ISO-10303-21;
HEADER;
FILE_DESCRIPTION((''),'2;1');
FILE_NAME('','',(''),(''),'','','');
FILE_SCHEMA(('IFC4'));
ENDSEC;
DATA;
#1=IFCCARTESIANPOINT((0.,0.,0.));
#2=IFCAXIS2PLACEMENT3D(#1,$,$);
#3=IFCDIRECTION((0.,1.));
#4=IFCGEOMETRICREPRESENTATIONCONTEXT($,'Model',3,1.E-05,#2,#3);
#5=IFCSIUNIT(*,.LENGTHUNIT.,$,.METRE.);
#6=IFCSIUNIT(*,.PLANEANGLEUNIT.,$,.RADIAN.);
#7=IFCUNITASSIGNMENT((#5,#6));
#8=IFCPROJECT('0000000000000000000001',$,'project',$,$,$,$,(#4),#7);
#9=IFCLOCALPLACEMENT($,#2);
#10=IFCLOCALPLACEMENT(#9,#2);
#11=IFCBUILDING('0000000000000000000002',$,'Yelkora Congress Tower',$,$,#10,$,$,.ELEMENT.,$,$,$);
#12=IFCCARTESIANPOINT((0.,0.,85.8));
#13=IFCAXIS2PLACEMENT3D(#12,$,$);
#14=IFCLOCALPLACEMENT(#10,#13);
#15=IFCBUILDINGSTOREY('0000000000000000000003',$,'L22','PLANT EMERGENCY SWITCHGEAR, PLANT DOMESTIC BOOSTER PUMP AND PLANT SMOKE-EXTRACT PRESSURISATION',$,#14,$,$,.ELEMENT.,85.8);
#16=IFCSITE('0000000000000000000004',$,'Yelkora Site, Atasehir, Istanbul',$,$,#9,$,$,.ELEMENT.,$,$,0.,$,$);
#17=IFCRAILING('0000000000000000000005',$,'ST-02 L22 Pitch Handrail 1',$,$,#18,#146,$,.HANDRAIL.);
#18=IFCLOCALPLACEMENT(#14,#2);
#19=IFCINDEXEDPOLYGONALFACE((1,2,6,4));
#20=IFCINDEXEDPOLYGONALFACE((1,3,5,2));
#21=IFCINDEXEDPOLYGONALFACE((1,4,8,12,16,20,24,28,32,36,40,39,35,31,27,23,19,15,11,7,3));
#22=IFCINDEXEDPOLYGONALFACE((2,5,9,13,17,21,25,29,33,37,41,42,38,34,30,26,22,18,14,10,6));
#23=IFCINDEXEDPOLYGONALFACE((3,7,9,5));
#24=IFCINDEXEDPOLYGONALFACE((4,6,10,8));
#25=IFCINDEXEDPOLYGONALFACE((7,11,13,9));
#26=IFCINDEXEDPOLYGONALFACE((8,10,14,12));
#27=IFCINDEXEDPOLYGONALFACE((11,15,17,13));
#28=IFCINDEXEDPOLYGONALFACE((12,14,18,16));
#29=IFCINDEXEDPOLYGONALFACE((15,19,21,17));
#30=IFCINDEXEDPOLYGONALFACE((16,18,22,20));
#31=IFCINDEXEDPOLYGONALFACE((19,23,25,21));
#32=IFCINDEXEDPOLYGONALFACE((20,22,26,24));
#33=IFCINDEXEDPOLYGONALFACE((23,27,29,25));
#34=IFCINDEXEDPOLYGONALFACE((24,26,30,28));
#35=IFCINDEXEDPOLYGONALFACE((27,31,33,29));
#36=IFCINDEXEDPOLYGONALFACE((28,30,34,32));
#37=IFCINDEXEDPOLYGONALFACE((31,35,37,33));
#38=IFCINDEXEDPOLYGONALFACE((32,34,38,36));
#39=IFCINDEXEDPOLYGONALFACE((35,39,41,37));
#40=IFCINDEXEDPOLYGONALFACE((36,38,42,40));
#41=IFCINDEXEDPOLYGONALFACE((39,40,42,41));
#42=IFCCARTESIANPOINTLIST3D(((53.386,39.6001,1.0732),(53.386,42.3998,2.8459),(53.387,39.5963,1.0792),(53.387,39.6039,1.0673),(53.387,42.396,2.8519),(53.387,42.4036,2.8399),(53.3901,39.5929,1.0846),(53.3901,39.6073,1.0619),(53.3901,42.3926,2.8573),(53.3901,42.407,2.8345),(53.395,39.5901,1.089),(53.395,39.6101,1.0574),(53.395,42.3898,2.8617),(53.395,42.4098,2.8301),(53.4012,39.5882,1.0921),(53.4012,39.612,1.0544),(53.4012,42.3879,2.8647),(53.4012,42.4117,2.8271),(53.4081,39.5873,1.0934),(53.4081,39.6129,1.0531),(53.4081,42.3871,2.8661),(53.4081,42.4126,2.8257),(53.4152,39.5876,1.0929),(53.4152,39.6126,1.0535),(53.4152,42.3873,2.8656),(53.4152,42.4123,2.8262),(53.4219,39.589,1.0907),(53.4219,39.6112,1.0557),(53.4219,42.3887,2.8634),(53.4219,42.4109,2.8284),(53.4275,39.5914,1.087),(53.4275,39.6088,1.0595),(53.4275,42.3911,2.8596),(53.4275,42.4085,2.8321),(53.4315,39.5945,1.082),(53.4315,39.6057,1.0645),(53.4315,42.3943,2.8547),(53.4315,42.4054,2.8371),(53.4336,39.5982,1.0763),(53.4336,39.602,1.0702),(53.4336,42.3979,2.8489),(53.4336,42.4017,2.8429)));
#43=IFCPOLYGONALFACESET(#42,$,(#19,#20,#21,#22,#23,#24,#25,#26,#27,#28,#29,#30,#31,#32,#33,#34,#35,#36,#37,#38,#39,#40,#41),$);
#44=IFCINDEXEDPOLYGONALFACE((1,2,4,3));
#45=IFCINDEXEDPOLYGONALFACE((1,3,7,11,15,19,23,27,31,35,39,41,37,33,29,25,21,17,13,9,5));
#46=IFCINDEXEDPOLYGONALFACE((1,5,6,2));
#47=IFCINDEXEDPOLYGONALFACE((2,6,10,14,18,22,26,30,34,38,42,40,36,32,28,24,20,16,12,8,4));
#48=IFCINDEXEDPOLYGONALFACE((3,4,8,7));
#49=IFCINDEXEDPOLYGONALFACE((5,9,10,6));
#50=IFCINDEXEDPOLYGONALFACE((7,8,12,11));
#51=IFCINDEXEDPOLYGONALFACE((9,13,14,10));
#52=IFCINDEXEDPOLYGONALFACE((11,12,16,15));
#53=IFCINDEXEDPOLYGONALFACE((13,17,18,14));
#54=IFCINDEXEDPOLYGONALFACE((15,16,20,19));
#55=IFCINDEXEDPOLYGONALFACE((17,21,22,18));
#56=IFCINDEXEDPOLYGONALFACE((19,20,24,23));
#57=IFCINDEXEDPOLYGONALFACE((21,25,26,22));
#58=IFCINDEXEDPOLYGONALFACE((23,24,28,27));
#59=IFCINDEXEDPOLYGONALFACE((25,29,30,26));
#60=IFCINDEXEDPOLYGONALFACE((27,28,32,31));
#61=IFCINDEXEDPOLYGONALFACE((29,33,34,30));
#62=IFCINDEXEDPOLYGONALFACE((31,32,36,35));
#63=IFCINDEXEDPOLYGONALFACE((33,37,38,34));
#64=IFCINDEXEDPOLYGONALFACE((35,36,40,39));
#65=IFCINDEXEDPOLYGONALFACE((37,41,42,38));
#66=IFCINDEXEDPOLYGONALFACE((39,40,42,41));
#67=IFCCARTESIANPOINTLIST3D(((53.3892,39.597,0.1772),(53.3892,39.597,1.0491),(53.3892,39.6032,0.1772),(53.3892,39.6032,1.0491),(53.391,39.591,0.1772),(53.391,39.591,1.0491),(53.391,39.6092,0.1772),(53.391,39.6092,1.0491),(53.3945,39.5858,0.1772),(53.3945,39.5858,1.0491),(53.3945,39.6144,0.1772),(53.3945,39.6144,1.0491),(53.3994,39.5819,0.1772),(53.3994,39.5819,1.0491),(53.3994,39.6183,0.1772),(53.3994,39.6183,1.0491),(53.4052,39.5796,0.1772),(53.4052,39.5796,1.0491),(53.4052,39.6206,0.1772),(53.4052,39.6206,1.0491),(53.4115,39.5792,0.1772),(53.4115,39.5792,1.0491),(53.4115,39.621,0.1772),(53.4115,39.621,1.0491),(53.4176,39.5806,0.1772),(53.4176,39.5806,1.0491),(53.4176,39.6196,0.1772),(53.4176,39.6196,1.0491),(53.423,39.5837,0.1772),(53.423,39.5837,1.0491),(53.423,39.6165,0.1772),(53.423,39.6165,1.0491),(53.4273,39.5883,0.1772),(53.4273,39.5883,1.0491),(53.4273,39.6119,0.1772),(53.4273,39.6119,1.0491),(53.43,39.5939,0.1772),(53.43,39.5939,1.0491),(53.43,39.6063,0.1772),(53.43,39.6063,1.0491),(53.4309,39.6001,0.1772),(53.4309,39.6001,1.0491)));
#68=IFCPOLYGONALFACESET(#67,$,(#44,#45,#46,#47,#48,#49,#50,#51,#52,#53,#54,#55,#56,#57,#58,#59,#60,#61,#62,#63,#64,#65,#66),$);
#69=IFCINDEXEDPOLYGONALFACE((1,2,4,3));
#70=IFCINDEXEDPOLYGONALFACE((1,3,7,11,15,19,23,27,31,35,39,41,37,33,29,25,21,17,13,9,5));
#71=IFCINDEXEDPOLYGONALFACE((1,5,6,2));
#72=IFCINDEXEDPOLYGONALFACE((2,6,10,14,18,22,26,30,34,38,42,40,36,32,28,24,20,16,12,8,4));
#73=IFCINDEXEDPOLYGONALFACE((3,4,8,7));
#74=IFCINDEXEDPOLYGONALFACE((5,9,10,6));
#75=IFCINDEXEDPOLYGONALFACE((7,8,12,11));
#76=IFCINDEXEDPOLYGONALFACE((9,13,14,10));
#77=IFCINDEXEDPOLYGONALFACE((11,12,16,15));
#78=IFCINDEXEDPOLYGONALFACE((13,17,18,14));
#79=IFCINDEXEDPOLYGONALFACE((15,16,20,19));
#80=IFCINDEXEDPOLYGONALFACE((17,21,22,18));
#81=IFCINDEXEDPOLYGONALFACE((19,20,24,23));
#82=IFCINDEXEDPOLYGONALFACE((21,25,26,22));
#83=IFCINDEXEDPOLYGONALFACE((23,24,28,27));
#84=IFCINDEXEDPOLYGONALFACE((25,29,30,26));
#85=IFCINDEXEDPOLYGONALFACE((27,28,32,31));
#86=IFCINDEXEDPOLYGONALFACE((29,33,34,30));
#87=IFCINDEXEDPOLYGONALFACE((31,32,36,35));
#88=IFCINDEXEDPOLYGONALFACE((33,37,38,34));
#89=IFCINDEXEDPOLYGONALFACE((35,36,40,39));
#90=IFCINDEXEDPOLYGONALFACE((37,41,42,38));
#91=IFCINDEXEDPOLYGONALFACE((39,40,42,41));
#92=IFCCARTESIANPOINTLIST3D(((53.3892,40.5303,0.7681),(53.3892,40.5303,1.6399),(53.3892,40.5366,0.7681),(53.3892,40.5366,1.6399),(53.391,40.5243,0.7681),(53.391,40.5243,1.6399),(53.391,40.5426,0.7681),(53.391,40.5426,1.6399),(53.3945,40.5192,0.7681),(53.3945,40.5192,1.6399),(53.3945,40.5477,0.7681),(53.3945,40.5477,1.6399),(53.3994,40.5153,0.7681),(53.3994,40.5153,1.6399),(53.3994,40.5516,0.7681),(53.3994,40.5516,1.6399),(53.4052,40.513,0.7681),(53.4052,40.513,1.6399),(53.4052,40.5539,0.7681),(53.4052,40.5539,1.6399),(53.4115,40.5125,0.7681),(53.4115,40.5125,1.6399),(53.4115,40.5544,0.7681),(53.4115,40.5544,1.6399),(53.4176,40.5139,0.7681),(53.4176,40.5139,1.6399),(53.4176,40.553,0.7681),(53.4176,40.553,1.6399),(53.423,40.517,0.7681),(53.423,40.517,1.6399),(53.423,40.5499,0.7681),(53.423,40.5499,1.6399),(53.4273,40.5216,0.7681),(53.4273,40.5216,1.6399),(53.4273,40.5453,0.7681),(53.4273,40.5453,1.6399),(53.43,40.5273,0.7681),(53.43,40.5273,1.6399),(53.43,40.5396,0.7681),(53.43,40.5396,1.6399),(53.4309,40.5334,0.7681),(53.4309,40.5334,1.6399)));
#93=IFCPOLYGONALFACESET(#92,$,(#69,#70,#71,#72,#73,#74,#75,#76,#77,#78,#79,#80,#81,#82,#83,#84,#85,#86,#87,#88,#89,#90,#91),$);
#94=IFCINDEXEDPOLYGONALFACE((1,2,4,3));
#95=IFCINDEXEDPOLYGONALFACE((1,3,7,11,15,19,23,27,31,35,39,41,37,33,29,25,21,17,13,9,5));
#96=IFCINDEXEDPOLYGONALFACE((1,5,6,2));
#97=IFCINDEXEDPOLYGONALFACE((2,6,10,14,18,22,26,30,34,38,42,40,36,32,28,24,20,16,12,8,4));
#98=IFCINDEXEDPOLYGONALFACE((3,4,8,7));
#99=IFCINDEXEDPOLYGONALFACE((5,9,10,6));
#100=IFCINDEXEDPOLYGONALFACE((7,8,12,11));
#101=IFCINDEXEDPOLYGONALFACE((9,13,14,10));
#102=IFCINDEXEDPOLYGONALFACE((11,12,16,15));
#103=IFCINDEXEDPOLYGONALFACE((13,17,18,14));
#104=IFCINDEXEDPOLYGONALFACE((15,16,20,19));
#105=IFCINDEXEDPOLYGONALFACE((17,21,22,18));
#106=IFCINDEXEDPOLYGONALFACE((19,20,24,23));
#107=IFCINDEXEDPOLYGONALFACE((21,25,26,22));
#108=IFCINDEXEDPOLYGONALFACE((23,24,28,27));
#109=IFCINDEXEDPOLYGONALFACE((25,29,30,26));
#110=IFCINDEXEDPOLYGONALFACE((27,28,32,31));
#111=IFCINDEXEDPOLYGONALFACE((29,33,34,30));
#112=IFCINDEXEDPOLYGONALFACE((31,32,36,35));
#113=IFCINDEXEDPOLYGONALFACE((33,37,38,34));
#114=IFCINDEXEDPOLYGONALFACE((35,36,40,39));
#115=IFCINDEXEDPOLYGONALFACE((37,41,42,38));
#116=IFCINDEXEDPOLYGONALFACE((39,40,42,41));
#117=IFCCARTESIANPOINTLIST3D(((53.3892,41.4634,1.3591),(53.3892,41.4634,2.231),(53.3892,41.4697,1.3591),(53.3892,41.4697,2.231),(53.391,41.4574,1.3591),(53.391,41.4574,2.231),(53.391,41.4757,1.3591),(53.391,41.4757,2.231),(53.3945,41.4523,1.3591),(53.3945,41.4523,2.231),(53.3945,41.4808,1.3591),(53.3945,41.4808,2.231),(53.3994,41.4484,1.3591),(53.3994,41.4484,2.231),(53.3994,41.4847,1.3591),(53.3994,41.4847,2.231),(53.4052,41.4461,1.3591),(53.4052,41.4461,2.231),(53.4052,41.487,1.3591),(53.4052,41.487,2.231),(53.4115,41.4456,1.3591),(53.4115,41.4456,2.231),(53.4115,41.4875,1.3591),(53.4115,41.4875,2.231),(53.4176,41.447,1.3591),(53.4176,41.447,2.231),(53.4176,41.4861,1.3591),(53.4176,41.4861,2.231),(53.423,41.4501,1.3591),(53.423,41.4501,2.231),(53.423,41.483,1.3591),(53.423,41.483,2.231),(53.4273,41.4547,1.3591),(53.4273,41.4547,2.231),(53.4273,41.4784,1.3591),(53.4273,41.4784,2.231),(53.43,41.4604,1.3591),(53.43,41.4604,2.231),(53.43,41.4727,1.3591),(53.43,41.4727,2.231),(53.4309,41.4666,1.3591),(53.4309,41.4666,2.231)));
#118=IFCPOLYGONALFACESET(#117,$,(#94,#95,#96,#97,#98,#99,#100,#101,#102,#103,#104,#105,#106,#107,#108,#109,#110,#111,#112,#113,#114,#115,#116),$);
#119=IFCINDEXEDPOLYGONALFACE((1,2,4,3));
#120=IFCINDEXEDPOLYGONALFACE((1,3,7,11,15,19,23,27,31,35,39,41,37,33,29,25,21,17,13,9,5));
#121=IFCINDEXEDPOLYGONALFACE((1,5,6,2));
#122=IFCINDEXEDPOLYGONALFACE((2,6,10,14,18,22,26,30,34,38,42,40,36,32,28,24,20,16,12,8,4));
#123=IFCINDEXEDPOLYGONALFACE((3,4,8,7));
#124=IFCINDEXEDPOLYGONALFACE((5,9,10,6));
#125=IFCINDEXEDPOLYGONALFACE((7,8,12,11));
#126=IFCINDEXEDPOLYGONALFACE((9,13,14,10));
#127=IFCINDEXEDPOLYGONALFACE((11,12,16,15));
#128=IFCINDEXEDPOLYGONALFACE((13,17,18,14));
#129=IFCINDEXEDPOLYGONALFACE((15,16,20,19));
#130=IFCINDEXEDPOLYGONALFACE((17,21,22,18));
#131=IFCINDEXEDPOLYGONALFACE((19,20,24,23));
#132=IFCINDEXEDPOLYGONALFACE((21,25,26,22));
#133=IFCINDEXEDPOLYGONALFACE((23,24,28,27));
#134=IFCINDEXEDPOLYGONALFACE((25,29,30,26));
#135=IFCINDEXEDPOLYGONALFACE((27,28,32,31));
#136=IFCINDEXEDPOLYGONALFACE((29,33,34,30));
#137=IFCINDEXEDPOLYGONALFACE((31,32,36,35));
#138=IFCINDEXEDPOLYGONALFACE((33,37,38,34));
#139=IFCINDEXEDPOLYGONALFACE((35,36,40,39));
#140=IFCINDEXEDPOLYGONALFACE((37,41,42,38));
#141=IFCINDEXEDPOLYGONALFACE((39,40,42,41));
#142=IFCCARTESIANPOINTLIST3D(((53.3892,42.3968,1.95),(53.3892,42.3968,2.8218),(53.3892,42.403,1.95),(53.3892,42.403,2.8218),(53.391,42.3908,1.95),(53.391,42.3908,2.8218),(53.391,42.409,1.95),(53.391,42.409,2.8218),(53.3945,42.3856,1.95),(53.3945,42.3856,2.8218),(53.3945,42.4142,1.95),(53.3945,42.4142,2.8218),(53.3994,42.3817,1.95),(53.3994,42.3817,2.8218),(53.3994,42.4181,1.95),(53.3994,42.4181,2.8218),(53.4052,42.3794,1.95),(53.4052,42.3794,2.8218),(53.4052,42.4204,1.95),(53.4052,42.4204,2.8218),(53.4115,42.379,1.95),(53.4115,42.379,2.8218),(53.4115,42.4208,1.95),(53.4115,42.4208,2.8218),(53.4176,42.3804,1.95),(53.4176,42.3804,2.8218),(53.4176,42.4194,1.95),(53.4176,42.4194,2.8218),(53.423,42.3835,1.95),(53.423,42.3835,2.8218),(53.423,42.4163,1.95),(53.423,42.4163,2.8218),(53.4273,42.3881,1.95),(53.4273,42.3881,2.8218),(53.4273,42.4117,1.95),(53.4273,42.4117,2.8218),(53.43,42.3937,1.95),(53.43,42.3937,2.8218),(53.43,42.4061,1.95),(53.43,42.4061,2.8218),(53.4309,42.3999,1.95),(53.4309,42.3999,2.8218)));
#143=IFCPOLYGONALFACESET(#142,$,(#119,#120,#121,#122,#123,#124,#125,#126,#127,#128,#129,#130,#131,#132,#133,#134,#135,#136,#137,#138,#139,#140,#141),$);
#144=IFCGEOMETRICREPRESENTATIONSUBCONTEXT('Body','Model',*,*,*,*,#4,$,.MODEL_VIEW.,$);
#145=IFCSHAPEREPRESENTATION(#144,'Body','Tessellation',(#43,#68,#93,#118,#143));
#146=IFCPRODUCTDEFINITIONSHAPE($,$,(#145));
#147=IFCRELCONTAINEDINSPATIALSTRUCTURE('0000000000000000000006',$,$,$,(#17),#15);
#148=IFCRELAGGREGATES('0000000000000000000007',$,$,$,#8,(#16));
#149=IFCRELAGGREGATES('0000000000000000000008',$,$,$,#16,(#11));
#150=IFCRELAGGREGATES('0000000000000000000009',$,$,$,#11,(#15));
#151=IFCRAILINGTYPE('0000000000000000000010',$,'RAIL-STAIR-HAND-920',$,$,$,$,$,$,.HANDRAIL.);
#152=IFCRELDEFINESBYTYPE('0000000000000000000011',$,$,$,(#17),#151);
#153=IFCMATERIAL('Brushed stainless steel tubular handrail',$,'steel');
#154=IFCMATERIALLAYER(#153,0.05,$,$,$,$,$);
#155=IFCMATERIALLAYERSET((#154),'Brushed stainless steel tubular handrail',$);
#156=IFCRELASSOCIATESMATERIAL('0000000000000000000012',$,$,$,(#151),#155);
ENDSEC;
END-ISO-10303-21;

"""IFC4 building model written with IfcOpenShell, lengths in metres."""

from ifc_helpers import new_model, si_unit, direction, frame, origin, origin_2d, place, context, subcontext, project, spatial, circle, extrude, material, layer, layer_set, type_object, element, save


model = new_model("IFC4")

# Units and contexts
model_context = context("Model", 3, precision=1e-05, world=origin(), true_north=direction((0.0, 1.0)))
body_context = subcontext(model_context, "Body", "Model", "MODEL_VIEW")
ifc_project = project(units=[si_unit("LENGTHUNIT", "METRE"), si_unit("PLANEANGLEUNIT", "RADIAN")], contexts=[model_context])

# Site, building, storey
site_placement = place(None, origin())
site = spatial("IfcSite", under=ifc_project, at=site_placement, Name="Yelkora Site, Atasehir, Istanbul", CompositionType="ELEMENT", RefElevation=0.0)
building_placement = place(site_placement, origin())
building = spatial("IfcBuilding", under=site, at=building_placement, Name="Yelkora Congress Tower", CompositionType="ELEMENT")
storey_placement = place(building_placement, frame((0.0, 0.0, 85.8)))
storey = spatial("IfcBuildingStorey", under=building, at=storey_placement, Name="L22", Description="PLANT EMERGENCY SWITCHGEAR, PLANT DOMESTIC BOOSTER PUMP AND PLANT SMOKE-EXTRACT PRESSURISATION", CompositionType="ELEMENT", Elevation=85.8)

# Railing
ifc_material_1 = material(Name="Brushed stainless steel tubular handrail", Category="steel")
ifc_layer_1 = layer(ifc_material_1, 0.05)
ifc_layer_set_1 = layer_set([ifc_layer_1], Name="Brushed stainless steel tubular handrail")
railing_type_1 = type_object("IfcRailingType", Name="RAIL-STAIR-HAND-920", PredefinedType="HANDRAIL", material=ifc_layer_set_1)
railing_1_placement = place(storey_placement, frame((53.4099, 39.6001, 0.1772)))
element("IfcRailing", 1, at=railing_1_placement, inside=storey, type_object=railing_type_1, Name="ST-02 L22 Pitch Handrail 1", PredefinedType="HANDRAIL", context=body_context, shape_type="SweptSolid", body=[
    extrude(circle(Radius=0.0239, at=origin_2d()), frame((0.0, 0.0, 0.896), z_axis=(0.0, 0.844888, 0.534943), x_axis=(-1.0, 0.0, 0.0)), (0.0, 0.0, 1.0), 3.3137),
    extrude(circle(Radius=0.021, at=origin_2d()), origin(), (0.0, 0.0, 1.0), 0.8718),
    extrude(circle(Radius=0.021, at=origin_2d()), frame((0.0, 0.9333, 0.5908)), (0.0, 0.0, 1.0), 0.8718),
    extrude(circle(Radius=0.021, at=origin_2d()), frame((0.0, 1.8665, 1.1819)), (0.0, 0.0, 1.0), 0.8718),
    extrude(circle(Radius=0.021, at=origin_2d()), frame((0.0, 2.7998, 1.7727)), (0.0, 0.0, 1.0), 0.8718),
])

save(model, "model.ifc")
